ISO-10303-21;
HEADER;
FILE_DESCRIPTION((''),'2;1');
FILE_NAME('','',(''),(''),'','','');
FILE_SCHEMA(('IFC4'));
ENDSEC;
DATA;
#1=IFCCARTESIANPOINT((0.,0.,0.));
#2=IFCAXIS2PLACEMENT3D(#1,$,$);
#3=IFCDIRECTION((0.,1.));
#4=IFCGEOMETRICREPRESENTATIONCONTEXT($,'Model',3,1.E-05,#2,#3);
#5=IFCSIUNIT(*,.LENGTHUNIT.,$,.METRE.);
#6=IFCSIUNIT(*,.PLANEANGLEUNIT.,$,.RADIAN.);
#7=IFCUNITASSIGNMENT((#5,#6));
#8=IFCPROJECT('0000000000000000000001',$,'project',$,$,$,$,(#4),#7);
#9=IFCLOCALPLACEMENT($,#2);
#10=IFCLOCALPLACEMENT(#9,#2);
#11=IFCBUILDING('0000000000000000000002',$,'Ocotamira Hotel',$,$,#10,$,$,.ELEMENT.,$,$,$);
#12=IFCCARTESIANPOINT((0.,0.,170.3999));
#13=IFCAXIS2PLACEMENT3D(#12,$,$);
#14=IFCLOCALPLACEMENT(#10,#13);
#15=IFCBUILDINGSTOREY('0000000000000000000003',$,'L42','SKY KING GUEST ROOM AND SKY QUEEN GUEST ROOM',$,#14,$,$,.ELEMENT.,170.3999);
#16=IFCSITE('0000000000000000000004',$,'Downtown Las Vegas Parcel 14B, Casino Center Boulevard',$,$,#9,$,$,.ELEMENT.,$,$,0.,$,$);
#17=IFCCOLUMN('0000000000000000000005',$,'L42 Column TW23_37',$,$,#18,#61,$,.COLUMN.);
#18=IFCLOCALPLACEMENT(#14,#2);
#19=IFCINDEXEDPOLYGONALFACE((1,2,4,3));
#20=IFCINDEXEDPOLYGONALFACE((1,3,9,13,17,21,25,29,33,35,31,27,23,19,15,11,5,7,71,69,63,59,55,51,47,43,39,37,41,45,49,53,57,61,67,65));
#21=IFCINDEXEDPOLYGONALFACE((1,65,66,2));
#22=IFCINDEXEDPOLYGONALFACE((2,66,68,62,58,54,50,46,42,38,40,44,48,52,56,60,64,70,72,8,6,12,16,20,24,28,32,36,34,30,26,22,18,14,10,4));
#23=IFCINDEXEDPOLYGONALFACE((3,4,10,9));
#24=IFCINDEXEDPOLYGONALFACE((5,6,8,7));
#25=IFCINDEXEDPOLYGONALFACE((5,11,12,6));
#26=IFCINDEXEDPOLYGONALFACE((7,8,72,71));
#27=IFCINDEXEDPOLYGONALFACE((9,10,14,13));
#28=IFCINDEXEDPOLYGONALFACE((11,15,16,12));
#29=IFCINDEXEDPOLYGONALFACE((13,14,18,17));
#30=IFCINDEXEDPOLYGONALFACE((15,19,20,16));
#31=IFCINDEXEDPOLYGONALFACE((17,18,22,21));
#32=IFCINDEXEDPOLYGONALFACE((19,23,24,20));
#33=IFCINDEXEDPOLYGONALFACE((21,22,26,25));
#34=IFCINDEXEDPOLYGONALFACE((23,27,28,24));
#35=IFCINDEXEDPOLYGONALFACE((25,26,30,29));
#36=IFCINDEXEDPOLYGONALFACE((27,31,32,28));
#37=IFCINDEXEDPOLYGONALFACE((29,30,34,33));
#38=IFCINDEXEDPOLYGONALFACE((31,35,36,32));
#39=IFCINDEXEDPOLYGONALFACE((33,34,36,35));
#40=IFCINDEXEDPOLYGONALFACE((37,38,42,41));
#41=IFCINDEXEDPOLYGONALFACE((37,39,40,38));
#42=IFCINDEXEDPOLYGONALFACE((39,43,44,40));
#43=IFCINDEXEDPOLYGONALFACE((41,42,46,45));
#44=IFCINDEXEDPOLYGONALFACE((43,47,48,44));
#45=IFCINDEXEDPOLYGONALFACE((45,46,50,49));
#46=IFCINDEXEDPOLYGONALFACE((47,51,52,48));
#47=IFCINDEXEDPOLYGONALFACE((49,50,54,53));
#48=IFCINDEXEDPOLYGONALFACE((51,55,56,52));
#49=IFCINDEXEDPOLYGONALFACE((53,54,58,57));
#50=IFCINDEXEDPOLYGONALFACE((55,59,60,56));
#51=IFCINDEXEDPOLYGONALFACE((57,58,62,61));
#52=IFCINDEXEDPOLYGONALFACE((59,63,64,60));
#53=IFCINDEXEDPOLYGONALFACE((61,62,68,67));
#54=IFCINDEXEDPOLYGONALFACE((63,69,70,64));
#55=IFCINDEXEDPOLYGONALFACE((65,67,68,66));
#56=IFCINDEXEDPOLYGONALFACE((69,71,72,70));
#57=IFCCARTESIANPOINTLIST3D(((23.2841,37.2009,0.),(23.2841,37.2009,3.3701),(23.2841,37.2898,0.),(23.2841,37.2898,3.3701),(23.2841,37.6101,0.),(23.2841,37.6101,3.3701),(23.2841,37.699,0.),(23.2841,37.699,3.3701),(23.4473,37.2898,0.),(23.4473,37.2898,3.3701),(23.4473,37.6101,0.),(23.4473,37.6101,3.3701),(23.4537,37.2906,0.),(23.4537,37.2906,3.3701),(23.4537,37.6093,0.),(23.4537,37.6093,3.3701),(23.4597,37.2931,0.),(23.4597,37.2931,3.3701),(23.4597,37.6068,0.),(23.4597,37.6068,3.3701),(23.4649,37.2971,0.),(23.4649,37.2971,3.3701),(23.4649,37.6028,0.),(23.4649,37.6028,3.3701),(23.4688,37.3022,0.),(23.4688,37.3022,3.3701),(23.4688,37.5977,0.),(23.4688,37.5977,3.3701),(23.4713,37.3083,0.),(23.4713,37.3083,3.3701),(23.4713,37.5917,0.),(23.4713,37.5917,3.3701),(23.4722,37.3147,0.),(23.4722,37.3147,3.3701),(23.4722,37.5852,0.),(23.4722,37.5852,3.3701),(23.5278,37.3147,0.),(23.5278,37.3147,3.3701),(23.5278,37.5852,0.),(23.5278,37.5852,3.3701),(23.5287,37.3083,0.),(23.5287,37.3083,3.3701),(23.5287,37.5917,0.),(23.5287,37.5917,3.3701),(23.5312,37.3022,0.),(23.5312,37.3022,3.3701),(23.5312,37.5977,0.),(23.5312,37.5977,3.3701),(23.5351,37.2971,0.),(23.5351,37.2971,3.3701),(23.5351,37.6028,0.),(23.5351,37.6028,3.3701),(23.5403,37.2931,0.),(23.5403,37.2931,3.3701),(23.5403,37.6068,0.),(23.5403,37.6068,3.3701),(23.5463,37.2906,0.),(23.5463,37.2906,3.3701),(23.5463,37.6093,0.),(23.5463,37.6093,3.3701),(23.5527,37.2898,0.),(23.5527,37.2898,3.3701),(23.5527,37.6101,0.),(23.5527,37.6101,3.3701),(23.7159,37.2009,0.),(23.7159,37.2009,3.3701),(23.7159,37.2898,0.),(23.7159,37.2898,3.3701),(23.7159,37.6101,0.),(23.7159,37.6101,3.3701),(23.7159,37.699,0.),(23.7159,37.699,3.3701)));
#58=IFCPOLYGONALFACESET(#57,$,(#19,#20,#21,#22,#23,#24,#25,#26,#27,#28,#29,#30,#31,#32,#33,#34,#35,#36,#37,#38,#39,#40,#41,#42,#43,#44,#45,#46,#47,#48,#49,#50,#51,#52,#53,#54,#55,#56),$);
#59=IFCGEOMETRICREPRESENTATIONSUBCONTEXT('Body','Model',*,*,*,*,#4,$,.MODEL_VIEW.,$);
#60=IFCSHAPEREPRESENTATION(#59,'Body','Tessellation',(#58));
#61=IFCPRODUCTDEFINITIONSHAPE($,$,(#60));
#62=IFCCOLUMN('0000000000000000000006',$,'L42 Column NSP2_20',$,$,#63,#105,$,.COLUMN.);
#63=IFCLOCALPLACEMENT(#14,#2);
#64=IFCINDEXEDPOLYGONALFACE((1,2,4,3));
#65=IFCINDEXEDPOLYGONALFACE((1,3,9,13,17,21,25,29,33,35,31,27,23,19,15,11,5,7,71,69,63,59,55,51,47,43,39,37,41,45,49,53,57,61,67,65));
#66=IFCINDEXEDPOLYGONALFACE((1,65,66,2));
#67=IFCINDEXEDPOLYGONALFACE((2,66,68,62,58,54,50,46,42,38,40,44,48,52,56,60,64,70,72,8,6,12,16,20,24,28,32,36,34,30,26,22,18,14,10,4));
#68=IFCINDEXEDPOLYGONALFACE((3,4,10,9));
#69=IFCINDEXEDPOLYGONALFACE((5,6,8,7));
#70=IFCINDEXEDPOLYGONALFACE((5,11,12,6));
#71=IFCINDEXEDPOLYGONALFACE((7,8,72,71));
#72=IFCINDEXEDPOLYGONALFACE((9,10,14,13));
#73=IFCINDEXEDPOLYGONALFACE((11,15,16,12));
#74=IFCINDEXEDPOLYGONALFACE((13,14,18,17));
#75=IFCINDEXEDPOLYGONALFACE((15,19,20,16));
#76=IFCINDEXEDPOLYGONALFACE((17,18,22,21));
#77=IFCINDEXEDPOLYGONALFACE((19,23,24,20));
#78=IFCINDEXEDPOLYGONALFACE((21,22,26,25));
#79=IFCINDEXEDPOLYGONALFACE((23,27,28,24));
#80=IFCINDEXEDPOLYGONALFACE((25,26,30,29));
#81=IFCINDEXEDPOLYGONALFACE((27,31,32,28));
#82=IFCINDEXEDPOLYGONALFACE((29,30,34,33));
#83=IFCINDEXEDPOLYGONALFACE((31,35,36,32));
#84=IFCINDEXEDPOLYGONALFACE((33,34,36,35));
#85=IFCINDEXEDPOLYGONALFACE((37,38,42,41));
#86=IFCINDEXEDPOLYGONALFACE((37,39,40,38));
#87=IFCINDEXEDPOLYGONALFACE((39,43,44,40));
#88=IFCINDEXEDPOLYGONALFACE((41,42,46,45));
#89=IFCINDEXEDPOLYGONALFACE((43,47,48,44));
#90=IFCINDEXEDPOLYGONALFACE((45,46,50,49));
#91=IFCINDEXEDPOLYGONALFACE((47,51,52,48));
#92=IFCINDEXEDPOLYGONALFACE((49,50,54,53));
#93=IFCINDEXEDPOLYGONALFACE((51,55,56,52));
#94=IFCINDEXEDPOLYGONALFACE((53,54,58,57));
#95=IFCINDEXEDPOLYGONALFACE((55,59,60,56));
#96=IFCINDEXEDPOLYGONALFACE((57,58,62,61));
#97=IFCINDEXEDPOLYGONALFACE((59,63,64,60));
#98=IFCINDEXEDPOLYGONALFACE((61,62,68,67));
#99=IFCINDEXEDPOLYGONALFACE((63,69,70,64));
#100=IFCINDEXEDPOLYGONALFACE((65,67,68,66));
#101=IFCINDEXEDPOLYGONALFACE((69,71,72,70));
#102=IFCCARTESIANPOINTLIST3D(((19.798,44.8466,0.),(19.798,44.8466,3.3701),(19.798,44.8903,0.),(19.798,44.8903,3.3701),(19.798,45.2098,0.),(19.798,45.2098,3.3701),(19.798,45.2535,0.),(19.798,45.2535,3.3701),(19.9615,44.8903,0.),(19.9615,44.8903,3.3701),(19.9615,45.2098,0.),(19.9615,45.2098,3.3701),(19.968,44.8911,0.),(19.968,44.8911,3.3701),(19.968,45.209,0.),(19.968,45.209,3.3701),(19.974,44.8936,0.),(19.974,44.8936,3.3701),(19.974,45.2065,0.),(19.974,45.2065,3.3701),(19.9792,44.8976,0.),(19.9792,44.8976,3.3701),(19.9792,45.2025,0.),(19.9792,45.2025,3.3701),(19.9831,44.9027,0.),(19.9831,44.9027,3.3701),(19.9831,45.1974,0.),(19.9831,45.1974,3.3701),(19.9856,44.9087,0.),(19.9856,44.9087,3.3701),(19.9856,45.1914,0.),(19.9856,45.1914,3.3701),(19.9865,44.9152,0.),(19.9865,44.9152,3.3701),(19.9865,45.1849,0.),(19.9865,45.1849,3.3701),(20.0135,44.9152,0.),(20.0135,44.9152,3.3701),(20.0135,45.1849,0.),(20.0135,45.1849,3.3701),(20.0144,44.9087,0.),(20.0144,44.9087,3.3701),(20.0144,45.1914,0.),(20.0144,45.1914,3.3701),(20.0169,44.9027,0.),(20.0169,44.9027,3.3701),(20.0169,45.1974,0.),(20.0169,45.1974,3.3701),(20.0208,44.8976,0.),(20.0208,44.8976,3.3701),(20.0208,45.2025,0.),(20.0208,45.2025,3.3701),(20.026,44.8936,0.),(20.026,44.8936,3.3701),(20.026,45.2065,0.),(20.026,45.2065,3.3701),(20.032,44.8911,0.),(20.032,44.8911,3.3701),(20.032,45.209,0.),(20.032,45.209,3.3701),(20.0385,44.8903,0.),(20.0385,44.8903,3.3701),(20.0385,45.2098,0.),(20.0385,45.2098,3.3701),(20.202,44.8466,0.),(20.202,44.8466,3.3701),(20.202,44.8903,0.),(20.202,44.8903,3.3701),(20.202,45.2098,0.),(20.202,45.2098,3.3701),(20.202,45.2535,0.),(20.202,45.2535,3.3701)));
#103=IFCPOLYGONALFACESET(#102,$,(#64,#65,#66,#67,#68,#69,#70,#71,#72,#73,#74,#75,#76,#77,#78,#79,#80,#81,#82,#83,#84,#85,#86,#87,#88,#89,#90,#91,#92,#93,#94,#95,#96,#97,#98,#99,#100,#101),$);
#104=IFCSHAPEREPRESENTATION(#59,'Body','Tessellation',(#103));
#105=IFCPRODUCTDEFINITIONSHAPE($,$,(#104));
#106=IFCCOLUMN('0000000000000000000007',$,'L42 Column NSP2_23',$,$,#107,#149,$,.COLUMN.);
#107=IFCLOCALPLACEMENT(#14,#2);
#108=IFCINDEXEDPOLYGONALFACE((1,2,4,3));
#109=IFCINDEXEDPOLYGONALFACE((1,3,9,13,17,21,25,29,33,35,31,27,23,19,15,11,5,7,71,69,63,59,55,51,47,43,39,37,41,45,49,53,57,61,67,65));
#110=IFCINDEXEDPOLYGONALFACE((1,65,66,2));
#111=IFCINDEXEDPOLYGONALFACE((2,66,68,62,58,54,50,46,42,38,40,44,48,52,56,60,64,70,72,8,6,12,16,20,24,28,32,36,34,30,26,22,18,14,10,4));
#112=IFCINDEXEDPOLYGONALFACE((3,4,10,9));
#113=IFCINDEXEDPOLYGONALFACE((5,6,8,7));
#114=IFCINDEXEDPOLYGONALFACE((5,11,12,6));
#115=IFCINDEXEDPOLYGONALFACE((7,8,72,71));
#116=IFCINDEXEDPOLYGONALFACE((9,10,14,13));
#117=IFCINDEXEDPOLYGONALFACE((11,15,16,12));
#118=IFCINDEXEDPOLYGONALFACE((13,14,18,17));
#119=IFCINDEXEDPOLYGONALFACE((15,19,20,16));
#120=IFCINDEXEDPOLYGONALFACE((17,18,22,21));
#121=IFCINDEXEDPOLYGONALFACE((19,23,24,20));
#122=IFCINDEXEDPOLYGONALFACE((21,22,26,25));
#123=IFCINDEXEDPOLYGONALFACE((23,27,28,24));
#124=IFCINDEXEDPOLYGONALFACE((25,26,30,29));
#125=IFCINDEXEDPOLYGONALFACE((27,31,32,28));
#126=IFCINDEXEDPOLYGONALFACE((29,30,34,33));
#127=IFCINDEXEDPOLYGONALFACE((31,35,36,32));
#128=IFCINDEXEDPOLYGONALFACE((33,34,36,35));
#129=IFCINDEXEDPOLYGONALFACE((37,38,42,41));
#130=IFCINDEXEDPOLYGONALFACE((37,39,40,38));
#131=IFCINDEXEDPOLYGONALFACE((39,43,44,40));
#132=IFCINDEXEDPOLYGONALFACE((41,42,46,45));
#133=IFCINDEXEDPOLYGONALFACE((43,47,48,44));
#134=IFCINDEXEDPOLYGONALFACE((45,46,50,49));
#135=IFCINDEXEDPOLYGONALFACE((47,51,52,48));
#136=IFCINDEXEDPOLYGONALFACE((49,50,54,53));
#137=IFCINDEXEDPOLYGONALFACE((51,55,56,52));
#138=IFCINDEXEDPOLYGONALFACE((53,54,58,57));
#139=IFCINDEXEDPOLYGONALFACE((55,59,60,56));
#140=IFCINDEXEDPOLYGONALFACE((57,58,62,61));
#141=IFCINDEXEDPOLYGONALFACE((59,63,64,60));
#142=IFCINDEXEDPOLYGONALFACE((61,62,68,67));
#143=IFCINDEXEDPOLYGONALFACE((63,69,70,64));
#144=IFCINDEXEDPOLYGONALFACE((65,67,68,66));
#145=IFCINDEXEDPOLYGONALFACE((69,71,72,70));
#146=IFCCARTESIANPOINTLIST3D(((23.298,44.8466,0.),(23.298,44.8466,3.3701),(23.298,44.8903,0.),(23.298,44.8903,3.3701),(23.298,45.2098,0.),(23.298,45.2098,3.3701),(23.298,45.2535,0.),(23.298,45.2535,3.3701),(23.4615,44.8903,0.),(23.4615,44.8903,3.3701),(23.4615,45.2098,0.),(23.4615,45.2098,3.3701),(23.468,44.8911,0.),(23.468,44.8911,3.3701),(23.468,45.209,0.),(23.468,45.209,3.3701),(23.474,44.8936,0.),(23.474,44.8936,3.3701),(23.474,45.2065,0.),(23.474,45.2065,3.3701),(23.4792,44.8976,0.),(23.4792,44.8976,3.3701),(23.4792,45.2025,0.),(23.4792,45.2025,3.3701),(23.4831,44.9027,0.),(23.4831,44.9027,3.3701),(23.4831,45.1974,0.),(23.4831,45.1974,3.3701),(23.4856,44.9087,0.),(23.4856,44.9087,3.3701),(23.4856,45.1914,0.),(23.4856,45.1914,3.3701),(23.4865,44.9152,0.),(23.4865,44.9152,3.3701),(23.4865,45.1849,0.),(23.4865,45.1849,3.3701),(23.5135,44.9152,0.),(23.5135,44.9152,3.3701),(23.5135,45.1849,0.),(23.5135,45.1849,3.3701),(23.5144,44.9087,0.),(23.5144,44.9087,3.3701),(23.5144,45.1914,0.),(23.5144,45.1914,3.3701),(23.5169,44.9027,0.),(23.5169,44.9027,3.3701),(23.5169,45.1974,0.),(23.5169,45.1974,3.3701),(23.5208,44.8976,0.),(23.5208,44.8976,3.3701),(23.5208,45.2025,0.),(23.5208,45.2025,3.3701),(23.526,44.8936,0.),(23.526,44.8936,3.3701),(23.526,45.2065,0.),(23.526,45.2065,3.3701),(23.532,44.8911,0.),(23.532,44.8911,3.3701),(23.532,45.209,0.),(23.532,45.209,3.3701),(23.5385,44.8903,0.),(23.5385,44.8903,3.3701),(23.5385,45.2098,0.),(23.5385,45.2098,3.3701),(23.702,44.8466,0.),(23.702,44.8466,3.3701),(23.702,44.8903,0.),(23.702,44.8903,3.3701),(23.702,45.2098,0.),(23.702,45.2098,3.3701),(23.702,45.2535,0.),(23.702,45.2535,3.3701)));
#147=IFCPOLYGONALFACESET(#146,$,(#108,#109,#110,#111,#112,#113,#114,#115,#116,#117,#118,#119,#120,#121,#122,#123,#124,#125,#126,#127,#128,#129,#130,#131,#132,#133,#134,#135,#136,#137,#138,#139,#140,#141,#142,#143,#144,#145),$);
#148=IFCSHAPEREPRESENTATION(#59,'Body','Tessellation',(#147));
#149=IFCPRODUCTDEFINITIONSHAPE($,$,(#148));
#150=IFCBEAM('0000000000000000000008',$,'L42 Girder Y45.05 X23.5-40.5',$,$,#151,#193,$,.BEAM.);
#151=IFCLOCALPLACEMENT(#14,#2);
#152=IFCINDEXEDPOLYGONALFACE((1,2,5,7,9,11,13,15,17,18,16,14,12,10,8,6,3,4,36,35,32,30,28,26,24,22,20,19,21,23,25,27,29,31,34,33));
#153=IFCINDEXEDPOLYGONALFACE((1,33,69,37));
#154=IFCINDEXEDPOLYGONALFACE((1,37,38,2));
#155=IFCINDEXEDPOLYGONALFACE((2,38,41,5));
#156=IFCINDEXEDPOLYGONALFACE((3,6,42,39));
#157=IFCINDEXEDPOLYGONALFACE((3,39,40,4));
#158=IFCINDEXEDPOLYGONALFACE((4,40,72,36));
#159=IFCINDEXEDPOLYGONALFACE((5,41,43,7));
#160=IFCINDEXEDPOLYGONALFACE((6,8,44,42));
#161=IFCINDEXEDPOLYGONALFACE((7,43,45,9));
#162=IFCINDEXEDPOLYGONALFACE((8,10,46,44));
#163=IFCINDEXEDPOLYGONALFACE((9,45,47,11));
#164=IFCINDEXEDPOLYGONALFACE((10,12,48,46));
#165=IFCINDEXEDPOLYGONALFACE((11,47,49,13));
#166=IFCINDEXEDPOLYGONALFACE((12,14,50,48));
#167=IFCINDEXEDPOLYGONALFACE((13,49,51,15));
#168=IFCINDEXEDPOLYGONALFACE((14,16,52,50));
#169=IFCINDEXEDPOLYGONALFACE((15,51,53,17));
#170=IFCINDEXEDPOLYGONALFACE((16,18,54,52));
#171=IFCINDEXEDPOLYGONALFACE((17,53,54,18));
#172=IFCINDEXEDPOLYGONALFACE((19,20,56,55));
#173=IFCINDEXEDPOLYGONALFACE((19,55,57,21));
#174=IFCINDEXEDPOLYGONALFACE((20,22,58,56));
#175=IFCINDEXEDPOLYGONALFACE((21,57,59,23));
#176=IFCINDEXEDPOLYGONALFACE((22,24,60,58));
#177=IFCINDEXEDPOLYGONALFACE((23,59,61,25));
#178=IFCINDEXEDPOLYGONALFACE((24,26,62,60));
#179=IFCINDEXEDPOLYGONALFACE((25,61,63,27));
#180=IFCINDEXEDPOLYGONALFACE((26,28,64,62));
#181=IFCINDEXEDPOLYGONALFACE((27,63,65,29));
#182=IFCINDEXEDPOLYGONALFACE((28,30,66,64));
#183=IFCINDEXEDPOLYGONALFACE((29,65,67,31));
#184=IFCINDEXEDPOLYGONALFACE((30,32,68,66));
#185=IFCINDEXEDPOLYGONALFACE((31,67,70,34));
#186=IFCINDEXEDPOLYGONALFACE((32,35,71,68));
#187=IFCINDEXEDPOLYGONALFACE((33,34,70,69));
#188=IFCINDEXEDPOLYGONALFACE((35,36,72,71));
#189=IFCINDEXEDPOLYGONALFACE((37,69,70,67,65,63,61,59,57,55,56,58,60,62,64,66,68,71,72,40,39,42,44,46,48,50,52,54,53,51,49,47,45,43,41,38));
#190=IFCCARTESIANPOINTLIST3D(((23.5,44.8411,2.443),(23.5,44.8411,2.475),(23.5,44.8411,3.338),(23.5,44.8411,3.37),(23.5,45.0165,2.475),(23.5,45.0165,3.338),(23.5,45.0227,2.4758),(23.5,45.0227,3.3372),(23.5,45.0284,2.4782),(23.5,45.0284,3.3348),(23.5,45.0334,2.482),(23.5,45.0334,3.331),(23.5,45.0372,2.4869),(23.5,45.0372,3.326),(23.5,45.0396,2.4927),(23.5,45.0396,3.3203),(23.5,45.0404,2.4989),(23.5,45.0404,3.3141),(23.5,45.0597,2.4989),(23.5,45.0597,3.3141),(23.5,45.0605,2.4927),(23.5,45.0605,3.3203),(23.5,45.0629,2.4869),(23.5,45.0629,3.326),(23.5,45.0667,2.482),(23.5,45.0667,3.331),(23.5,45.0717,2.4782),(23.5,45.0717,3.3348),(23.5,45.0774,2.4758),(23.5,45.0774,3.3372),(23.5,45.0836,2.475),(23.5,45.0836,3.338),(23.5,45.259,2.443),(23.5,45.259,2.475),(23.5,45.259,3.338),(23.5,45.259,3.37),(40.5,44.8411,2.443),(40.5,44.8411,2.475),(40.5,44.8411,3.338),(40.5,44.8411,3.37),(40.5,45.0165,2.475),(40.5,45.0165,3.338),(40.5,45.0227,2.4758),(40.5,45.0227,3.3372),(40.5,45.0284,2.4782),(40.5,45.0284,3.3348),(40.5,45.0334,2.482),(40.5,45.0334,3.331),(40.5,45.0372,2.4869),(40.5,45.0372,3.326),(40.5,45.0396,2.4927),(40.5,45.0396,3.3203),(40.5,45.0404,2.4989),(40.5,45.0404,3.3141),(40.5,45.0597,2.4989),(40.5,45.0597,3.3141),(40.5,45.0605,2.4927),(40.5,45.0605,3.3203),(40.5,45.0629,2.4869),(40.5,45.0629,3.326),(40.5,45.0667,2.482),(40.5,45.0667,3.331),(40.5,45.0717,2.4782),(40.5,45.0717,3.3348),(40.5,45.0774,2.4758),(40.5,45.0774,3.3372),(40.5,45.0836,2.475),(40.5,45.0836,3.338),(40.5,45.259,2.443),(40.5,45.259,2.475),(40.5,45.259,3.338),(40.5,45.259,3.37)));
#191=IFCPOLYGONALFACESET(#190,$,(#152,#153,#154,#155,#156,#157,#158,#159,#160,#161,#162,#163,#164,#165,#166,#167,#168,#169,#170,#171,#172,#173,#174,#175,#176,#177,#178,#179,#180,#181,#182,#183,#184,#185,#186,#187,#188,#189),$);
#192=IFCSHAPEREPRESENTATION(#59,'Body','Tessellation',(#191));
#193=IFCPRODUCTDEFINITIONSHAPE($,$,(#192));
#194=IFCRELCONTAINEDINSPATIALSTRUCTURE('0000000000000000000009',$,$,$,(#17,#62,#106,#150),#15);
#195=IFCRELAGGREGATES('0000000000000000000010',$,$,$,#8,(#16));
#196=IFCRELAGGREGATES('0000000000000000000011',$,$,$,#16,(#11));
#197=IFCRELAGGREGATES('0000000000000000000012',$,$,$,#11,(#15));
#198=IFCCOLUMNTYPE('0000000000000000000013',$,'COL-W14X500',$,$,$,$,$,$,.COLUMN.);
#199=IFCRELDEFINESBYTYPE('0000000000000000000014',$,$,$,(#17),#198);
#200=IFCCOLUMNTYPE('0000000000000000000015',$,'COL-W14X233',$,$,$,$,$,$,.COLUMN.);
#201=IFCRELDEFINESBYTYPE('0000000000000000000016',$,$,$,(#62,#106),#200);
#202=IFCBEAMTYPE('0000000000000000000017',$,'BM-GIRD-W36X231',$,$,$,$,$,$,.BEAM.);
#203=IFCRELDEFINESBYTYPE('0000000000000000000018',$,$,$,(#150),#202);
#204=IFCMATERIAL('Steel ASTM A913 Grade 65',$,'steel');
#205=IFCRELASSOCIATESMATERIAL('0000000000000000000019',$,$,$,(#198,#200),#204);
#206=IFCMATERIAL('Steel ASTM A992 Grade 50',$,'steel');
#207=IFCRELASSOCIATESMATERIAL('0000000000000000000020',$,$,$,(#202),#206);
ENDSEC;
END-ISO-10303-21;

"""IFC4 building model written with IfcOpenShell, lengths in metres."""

from ifc_helpers import new_model, si_unit, direction, frame, origin, origin_2d, place, context, subcontext, project, spatial, i_section, extrude, source, transform, mapped, material, material_profile, profile_set, type_object, element, save


model = new_model("IFC4")

# Units and contexts
model_context = context("Model", 3, precision=1e-05, world=origin(), true_north=direction((0.0, 1.0)))
body_context = subcontext(model_context, "Body", "Model", "MODEL_VIEW")
ifc_project = project(units=[si_unit("LENGTHUNIT", "METRE"), si_unit("PLANEANGLEUNIT", "RADIAN")], contexts=[model_context])

# Site, building, storey
site_placement = place(None, origin())
site = spatial("IfcSite", under=ifc_project, at=site_placement, Name="Downtown Las Vegas Parcel 14B, Casino Center Boulevard", CompositionType="ELEMENT", RefElevation=0.0)
building_placement = place(site_placement, origin())
building = spatial("IfcBuilding", under=site, at=building_placement, Name="Ocotamira Hotel", CompositionType="ELEMENT")
storey_placement = place(building_placement, frame((0.0, 0.0, 170.3999)))
storey = spatial("IfcBuildingStorey", under=building, at=storey_placement, Name="L42", Description="SKY KING GUEST ROOM AND SKY QUEEN GUEST ROOM", CompositionType="ELEMENT", Elevation=170.3999)

# Columns
ifc_material_1 = material(Name="Steel ASTM A913 Grade 65", Category="steel")
ifc_material_profile_1 = material_profile(ifc_material_1, i_section(OverallWidth=0.4319, OverallDepth=0.498, WebThickness=0.0557, FlangeThickness=0.0889, FilletRadius=0.0249, at=origin_2d()), Name="W14X500")
ifc_profile_set_1 = profile_set([ifc_material_profile_1], Name="Steel ASTM A913 Grade 65")
column_type_1 = type_object("IfcColumnType", Name="COL-W14X500", PredefinedType="COLUMN", material=ifc_profile_set_1)
shared_shape_1 = source(origin(), body_context, "Body", "SweptSolid", [
    extrude(i_section(OverallWidth=0.4319, OverallDepth=0.498, WebThickness=0.0557, FlangeThickness=0.0889, FilletRadius=0.0249, at=origin_2d()), origin(), (0.0, 0.0, 1.0), 3.3701),
])
column_placement = place(storey_placement, frame((23.5, 37.45, 0.0), z_axis=(0.0, 0.0, 1.0), x_axis=(1.0, 0.0, 0.0)))
element("IfcColumn", 1, at=column_placement, inside=storey, type_object=column_type_1, Name="L42 Column TW23_37", PredefinedType="COLUMN", context=body_context, shape_type="MappedRepresentation", body=[
    mapped(shared_shape_1, transform((0.0, 0.0, 0.0), scale=1.0)),
])
ifc_material_profile_2 = material_profile(ifc_material_1, i_section(OverallWidth=0.4041, OverallDepth=0.407, WebThickness=0.0271, FlangeThickness=0.0437, FilletRadius=0.0249, at=origin_2d()), Name="W14X233")
ifc_profile_set_2 = profile_set([ifc_material_profile_2], Name="Steel ASTM A913 Grade 65")
column_type_2 = type_object("IfcColumnType", Name="COL-W14X233", PredefinedType="COLUMN", material=ifc_profile_set_2)
shared_shape_2 = source(origin(), body_context, "Body", "SweptSolid", [
    extrude(i_section(OverallWidth=0.4041, OverallDepth=0.407, WebThickness=0.0271, FlangeThickness=0.0437, FilletRadius=0.0249, at=origin_2d()), origin(), (0.0, 0.0, 1.0), 3.3701),
])
for number, where, z_axis, x_axis, name in (
    (2, (20.0, 45.05, 0.0), (0.0, 0.0, 1.0), (1.0, 0.0, 0.0), "L42 Column NSP2_20"),
    (3, (23.5, 45.05, 0.0), (0.0, 0.0, 1.0), (1.0, 0.0, 0.0), "L42 Column NSP2_23"),
):
    element("IfcColumn", number, at=place(storey_placement, frame(where, z_axis=z_axis, x_axis=x_axis)), inside=storey, type_object=column_type_2, Name=name, PredefinedType="COLUMN", context=body_context, shape_type="MappedRepresentation", body=[
        mapped(shared_shape_2, transform((0.0, 0.0, 0.0), scale=1.0)),
    ])

# Beam
ifc_material_2 = material(Name="Steel ASTM A992 Grade 50", Category="steel")
ifc_material_profile_3 = material_profile(ifc_material_2, i_section(OverallWidth=0.418, OverallDepth=0.927, WebThickness=0.0193, FlangeThickness=0.032, FilletRadius=0.0239, at=origin_2d()), Name="W36X231")
ifc_profile_set_3 = profile_set([ifc_material_profile_3], Name="Steel ASTM A992 Grade 50")
beam_type_1 = type_object("IfcBeamType", Name="BM-GIRD-W36X231", PredefinedType="BEAM", material=ifc_profile_set_3)
shared_shape_3 = source(origin(), body_context, "Body", "SweptSolid", [
    extrude(i_section(OverallWidth=0.418, OverallDepth=0.927, WebThickness=0.0193, FlangeThickness=0.032, FilletRadius=0.0239, at=origin_2d()), origin(), (0.0, 0.0, 1.0), 17.0),
])
beam_1_placement = place(storey_placement, frame((23.5, 45.05, 2.9065), z_axis=(1.0, 0.0, 0.0), x_axis=(0.0, 1.0, 0.0)))
element("IfcBeam", 4, at=beam_1_placement, inside=storey, type_object=beam_type_1, Name="L42 Girder Y45.05 X23.5-40.5", PredefinedType="BEAM", context=body_context, shape_type="MappedRepresentation", body=[
    mapped(shared_shape_3, transform((0.0, 0.0, 0.0), scale=1.0)),
])

save(model, "model.ifc")
